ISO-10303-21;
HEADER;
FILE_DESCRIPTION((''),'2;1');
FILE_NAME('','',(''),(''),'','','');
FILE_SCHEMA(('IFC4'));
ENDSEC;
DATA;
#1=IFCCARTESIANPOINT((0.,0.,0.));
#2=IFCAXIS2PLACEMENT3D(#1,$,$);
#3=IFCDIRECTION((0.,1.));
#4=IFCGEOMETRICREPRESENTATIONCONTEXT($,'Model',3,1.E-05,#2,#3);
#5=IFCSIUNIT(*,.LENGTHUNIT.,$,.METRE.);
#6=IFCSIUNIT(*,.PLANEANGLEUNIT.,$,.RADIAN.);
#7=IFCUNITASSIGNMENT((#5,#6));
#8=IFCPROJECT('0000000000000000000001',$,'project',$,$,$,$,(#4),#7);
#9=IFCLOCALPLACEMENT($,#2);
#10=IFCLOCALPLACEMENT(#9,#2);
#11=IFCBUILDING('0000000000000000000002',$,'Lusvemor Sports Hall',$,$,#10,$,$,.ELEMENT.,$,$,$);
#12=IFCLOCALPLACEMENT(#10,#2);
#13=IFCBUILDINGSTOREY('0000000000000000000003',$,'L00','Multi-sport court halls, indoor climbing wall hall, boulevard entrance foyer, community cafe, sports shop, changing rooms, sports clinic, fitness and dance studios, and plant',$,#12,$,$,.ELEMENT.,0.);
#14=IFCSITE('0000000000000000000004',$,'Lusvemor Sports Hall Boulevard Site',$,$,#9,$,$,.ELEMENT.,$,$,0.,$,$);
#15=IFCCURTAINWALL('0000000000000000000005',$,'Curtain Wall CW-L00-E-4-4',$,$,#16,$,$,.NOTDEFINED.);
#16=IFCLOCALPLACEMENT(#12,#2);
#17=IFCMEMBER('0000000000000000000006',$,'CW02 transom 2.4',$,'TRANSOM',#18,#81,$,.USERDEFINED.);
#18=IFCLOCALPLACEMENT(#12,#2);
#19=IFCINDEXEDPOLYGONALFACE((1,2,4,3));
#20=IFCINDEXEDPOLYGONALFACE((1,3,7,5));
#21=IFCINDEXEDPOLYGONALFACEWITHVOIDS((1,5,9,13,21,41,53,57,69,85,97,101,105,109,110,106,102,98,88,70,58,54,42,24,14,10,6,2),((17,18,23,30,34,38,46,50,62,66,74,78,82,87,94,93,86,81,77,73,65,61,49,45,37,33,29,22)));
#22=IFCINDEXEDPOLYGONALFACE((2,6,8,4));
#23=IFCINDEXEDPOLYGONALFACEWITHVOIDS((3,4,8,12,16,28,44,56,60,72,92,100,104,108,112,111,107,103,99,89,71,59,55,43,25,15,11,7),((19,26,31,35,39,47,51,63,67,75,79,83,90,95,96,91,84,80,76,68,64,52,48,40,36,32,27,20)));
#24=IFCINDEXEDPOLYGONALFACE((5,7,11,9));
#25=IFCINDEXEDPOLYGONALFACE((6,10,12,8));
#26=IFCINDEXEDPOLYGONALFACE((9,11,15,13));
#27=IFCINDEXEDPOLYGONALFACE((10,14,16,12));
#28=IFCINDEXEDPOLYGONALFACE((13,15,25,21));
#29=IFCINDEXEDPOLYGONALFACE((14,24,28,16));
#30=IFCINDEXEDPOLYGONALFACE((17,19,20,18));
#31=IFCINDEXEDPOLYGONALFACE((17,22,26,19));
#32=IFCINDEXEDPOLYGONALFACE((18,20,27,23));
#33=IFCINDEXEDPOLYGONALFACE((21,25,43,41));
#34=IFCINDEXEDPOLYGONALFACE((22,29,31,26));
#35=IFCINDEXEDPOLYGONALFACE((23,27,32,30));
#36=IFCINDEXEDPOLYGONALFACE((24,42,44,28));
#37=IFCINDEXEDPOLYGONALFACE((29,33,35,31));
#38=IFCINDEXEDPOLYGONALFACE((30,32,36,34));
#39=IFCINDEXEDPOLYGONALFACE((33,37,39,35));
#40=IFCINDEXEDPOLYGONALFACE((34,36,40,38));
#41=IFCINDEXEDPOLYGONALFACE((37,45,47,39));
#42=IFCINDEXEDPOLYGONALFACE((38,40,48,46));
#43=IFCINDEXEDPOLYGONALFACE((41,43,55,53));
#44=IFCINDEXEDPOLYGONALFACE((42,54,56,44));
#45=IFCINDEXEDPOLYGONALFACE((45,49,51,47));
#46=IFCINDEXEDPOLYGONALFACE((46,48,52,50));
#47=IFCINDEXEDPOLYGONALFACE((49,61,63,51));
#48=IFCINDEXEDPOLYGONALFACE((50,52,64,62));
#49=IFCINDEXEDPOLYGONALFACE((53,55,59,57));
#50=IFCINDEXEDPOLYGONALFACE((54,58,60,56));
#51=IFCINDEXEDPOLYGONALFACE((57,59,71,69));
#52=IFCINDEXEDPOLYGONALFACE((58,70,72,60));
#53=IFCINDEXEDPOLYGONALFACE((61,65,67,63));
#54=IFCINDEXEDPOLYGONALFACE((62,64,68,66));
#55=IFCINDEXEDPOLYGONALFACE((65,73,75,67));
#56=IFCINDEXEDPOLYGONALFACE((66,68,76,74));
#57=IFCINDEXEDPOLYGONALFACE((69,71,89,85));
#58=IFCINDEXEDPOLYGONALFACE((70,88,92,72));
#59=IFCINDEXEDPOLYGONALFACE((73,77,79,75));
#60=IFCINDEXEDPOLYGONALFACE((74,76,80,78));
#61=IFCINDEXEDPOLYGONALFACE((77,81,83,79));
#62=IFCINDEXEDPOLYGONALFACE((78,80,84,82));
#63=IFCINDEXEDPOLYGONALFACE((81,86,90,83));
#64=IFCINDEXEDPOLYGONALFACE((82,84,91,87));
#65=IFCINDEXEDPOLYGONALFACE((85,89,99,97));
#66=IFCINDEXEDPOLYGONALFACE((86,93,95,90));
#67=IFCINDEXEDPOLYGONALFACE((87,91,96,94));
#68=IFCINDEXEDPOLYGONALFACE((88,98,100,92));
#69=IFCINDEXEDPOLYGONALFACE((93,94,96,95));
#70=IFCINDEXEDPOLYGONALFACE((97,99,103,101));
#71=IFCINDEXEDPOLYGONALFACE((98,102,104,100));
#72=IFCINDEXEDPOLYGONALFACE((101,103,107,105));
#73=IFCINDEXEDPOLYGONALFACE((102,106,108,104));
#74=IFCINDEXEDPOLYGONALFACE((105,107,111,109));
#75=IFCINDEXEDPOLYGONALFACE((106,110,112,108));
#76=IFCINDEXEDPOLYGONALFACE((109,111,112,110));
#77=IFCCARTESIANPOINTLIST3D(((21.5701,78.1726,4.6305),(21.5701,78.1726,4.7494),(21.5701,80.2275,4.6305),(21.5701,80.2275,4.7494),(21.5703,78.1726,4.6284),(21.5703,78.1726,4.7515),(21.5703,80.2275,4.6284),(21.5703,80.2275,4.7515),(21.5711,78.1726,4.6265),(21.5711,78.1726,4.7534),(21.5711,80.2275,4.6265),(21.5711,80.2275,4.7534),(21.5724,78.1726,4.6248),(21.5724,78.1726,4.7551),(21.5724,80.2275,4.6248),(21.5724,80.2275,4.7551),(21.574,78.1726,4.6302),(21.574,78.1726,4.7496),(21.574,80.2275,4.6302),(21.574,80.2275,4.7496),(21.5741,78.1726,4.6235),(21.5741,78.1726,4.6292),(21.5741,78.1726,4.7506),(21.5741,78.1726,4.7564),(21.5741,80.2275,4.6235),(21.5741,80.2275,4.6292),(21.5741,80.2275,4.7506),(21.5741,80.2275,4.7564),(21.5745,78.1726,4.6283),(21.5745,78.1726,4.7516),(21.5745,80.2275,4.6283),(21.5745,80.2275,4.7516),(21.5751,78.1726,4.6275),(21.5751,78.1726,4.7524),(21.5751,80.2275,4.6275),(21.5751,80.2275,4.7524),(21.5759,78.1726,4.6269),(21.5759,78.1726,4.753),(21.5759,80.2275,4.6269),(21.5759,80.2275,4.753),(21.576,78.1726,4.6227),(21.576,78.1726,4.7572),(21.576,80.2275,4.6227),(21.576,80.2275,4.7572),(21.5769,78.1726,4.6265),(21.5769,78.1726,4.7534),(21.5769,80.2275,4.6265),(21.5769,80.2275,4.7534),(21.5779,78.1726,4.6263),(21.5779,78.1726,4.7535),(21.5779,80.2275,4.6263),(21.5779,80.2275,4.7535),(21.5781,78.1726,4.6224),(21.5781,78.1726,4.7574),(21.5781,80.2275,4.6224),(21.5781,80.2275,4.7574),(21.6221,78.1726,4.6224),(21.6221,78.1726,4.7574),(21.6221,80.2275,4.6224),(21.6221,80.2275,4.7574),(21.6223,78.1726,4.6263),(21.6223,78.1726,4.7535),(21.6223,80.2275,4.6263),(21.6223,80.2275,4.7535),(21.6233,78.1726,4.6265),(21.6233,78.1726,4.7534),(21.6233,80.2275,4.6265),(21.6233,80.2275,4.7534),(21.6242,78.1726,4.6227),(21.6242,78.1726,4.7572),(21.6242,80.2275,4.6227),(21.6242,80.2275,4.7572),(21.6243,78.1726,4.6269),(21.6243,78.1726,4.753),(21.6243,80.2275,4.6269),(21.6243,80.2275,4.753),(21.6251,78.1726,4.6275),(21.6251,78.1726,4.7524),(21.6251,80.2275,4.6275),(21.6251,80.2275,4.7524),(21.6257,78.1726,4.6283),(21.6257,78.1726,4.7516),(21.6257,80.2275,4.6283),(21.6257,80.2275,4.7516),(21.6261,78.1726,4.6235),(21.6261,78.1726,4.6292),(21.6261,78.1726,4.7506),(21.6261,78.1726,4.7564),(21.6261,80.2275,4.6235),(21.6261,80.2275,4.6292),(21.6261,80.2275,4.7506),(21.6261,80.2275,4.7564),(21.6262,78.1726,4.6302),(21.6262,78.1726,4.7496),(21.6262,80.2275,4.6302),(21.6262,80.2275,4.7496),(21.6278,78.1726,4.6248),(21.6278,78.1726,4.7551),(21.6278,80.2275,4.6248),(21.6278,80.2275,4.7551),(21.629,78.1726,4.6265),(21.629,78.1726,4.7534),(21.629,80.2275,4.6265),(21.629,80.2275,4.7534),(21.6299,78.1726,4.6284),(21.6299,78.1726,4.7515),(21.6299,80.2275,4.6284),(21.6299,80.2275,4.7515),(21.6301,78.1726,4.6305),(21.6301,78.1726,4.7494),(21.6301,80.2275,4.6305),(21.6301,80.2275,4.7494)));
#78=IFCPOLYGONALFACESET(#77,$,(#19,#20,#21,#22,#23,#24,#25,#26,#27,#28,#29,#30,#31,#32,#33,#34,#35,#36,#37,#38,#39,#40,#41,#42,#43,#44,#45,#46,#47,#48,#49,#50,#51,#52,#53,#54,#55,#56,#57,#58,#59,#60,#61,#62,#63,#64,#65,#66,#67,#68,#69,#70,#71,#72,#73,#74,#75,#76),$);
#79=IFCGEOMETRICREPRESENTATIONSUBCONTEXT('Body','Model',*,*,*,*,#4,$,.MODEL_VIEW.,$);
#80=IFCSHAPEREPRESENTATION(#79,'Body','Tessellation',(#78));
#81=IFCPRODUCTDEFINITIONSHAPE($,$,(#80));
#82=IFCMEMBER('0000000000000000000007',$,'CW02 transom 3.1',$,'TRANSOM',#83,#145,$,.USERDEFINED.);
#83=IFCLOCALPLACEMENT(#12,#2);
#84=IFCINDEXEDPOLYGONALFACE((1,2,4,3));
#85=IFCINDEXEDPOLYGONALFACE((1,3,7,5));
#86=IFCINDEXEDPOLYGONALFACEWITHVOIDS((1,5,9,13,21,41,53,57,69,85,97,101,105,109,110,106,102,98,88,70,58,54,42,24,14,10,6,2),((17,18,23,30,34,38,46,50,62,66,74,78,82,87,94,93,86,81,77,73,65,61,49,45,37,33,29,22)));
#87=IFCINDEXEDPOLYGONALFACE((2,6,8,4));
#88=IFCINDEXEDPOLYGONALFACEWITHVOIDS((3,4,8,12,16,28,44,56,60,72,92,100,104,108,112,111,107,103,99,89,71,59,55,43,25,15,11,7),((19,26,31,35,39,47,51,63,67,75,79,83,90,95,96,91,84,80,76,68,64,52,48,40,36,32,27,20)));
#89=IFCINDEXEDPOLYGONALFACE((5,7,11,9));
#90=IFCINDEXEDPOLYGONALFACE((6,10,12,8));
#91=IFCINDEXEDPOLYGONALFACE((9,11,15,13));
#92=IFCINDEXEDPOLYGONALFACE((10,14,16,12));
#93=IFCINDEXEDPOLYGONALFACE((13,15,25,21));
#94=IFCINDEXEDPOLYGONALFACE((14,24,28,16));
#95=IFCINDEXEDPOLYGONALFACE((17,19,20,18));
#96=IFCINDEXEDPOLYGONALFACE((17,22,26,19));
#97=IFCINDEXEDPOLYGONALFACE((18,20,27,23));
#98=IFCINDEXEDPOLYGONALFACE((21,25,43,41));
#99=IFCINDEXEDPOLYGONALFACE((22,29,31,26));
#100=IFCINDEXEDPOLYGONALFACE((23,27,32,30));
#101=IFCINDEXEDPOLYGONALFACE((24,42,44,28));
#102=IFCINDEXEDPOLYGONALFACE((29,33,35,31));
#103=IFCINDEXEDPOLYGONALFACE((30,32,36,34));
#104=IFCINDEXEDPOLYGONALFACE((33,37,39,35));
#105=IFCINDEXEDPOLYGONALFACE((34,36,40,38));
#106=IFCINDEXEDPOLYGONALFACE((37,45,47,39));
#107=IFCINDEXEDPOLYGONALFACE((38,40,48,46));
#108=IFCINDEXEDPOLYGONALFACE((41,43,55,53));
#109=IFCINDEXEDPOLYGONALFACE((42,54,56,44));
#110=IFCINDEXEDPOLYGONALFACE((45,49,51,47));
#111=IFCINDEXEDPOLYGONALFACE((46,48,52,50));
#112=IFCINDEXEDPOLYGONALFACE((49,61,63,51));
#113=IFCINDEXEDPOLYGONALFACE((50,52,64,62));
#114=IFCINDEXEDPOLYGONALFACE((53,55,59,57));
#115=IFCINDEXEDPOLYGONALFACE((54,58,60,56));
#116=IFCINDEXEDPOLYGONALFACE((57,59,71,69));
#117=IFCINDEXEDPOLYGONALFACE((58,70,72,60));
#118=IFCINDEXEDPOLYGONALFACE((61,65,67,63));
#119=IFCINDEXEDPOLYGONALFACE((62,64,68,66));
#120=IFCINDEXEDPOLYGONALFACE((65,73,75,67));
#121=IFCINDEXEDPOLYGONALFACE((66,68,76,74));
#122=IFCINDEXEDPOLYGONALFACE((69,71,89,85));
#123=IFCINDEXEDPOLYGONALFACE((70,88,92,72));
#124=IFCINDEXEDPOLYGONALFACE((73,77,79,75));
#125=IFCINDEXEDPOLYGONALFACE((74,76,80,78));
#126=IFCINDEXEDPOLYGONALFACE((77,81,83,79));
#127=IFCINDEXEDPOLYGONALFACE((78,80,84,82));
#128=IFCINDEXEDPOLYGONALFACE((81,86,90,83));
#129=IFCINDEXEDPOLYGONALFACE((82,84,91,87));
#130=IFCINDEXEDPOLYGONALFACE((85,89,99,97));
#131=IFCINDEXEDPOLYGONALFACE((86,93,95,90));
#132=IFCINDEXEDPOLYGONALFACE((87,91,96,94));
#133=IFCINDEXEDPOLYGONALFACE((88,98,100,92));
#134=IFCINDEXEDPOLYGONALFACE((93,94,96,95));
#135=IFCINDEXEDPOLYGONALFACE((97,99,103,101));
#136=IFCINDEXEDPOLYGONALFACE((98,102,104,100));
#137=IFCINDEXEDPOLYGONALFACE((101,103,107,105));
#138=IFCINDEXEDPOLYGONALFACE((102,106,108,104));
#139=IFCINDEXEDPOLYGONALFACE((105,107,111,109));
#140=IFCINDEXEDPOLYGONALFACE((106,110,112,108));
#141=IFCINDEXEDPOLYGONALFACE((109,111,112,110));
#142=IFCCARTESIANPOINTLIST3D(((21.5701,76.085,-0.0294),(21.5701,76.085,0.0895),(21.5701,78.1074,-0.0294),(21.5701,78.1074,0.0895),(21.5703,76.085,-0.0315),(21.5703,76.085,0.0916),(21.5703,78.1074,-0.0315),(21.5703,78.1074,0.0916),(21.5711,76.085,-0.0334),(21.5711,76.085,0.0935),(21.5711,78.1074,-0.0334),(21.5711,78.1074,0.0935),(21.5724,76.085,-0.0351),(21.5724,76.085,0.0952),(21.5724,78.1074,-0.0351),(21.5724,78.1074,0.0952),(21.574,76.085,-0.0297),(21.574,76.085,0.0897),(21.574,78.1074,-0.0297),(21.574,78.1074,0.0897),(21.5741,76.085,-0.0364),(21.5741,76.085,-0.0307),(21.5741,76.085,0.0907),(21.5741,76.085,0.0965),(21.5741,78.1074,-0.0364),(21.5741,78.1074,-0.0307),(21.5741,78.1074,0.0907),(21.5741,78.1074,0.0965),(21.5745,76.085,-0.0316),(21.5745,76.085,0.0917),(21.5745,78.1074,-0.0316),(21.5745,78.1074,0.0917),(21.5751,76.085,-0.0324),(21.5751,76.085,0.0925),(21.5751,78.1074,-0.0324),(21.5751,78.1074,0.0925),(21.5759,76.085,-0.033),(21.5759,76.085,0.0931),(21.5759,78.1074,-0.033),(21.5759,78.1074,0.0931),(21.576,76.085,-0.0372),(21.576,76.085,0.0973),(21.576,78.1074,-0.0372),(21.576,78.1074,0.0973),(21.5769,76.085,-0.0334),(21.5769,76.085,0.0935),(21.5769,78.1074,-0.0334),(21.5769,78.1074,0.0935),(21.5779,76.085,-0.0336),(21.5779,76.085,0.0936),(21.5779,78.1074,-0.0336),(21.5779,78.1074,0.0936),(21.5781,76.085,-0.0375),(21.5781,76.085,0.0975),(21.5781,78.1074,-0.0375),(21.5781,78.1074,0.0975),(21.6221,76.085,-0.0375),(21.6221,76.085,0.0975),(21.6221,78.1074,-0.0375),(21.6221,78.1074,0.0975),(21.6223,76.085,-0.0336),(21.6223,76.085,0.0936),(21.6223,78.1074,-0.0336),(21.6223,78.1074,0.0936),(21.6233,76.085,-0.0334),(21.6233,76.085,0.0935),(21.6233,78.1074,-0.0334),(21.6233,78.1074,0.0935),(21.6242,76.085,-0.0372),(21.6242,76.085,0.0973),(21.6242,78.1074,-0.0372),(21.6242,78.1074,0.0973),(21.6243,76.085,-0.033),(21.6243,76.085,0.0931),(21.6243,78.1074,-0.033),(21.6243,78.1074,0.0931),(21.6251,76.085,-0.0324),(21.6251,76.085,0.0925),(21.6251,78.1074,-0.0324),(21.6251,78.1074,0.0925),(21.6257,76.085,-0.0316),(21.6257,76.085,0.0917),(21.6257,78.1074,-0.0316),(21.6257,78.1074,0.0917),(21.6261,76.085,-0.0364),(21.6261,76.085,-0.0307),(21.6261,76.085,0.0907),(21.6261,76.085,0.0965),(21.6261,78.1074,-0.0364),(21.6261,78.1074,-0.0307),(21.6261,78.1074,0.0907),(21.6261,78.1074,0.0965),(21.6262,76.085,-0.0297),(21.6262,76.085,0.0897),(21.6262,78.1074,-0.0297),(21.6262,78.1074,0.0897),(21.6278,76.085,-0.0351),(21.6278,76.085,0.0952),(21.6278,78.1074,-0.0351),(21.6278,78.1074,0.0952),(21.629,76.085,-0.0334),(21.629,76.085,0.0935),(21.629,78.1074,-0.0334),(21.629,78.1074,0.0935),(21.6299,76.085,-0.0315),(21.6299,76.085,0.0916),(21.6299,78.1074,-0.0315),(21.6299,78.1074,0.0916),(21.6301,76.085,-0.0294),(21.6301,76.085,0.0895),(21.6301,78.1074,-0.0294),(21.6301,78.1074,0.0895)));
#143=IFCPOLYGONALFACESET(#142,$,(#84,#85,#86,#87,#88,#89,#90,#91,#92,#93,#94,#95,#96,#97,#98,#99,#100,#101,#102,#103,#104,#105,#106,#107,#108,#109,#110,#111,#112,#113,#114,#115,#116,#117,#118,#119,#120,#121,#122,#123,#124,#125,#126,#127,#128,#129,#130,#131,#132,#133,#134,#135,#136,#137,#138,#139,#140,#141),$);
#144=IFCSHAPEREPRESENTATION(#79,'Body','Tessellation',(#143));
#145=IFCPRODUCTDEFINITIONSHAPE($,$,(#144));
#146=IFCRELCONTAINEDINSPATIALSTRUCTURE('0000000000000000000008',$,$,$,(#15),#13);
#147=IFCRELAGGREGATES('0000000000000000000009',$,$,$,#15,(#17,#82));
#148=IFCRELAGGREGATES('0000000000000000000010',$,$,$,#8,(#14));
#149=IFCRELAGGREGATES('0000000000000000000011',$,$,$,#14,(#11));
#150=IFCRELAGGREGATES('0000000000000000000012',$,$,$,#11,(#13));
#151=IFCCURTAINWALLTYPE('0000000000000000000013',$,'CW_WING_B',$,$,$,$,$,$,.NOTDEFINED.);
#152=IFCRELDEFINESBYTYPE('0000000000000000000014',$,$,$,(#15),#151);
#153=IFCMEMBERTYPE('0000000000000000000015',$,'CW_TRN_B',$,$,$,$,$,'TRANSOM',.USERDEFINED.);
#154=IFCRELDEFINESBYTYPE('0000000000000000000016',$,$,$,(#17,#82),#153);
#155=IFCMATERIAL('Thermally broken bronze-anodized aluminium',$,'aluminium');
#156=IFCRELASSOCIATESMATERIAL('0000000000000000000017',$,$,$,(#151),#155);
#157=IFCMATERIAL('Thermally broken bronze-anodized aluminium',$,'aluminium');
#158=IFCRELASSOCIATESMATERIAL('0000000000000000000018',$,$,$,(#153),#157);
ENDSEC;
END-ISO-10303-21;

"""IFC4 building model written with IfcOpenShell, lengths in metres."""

from ifc_helpers import new_model, si_unit, direction, frame, origin, origin_2d, place, context, subcontext, project, spatial, hollow_rectangle, extrude, material, material_profile, profile_set, type_object, element, aggregate, save


model = new_model("IFC4")

# Units and contexts
model_context = context("Model", 3, precision=1e-05, world=origin(), true_north=direction((0.0, 1.0)))
body_context = subcontext(model_context, "Body", "Model", "MODEL_VIEW")
ifc_project = project(units=[si_unit("LENGTHUNIT", "METRE"), si_unit("PLANEANGLEUNIT", "RADIAN")], contexts=[model_context])

# Site, building, storey
site_placement = place(None, origin())
site = spatial("IfcSite", under=ifc_project, at=site_placement, Name="Lusvemor Sports Hall Boulevard Site", CompositionType="ELEMENT", RefElevation=0.0)
building_placement = place(site_placement, origin())
building = spatial("IfcBuilding", under=site, at=building_placement, Name="Lusvemor Sports Hall", CompositionType="ELEMENT")
storey_placement = place(building_placement, origin())
storey = spatial("IfcBuildingStorey", under=building, at=storey_placement, Name="L00", Description="Multi-sport court halls, indoor climbing wall hall, boulevard entrance foyer, community cafe, sports shop, changing rooms, sports clinic, fitness and dance studios, and plant", CompositionType="ELEMENT", Elevation=0.0)

# Curtain wall, members
ifc_material_1 = material(Name="Thermally broken bronze-anodized aluminium", Category="aluminium")
curtain_wall_type = type_object("IfcCurtainWallType", Name="CW_WING_B", PredefinedType="NOTDEFINED", material=ifc_material_1)
curtain_wall_placement = place(storey_placement, origin())
curtain_wall = element("IfcCurtainWall", 1, at=curtain_wall_placement, inside=storey, type_object=curtain_wall_type, Name="Curtain Wall CW-L00-E-4-4", PredefinedType="NOTDEFINED")
ifc_material_2 = material(Name="Thermally broken bronze-anodized aluminium", Category="aluminium")
ifc_material_profile_1 = material_profile(ifc_material_2, hollow_rectangle(XDim=0.0601, YDim=0.135, WallThickness=0.0039, InnerFilletRadius=0.0039, OuterFilletRadius=0.0081, at=origin_2d()), Name="CWTRN135x60x4")
ifc_profile_set_1 = profile_set([ifc_material_profile_1], Name="Thermally broken bronze-anodized aluminium")
member_type_1 = type_object("IfcMemberType", Name="CW_TRN_B", ElementType="TRANSOM", PredefinedType="USERDEFINED", material=ifc_profile_set_1)
member_1_placement = place(storey_placement, frame((21.6001, 80.2275, 4.6899), z_axis=(0.0, -1.0, 0.0), x_axis=(1.0, 0.0, 0.0)))
member_1 = element("IfcMember", 2, at=member_1_placement, type_object=member_type_1, Name="CW02 transom 2.4", ObjectType="TRANSOM", PredefinedType="USERDEFINED", context=body_context, shape_type="SweptSolid", body=[
    extrude(hollow_rectangle(XDim=0.0601, YDim=0.135, WallThickness=0.0039, InnerFilletRadius=0.0039, OuterFilletRadius=0.0081, at=origin_2d()), origin(), (0.0, 0.0, 1.0), 2.0549),
])
member_2_placement = place(storey_placement, frame((21.6001, 78.1074, 0.03), z_axis=(0.0, -1.0, 0.0), x_axis=(1.0, 0.0, 0.0)))
member_2 = element("IfcMember", 3, at=member_2_placement, type_object=member_type_1, Name="CW02 transom 3.1", ObjectType="TRANSOM", PredefinedType="USERDEFINED", context=body_context, shape_type="SweptSolid", body=[
    extrude(hollow_rectangle(XDim=0.0601, YDim=0.135, WallThickness=0.0039, InnerFilletRadius=0.0039, OuterFilletRadius=0.0081, at=origin_2d()), origin(), (0.0, 0.0, 1.0), 2.0225),
])
aggregate(curtain_wall, [member_1, member_2])

save(model, "model.ifc")
